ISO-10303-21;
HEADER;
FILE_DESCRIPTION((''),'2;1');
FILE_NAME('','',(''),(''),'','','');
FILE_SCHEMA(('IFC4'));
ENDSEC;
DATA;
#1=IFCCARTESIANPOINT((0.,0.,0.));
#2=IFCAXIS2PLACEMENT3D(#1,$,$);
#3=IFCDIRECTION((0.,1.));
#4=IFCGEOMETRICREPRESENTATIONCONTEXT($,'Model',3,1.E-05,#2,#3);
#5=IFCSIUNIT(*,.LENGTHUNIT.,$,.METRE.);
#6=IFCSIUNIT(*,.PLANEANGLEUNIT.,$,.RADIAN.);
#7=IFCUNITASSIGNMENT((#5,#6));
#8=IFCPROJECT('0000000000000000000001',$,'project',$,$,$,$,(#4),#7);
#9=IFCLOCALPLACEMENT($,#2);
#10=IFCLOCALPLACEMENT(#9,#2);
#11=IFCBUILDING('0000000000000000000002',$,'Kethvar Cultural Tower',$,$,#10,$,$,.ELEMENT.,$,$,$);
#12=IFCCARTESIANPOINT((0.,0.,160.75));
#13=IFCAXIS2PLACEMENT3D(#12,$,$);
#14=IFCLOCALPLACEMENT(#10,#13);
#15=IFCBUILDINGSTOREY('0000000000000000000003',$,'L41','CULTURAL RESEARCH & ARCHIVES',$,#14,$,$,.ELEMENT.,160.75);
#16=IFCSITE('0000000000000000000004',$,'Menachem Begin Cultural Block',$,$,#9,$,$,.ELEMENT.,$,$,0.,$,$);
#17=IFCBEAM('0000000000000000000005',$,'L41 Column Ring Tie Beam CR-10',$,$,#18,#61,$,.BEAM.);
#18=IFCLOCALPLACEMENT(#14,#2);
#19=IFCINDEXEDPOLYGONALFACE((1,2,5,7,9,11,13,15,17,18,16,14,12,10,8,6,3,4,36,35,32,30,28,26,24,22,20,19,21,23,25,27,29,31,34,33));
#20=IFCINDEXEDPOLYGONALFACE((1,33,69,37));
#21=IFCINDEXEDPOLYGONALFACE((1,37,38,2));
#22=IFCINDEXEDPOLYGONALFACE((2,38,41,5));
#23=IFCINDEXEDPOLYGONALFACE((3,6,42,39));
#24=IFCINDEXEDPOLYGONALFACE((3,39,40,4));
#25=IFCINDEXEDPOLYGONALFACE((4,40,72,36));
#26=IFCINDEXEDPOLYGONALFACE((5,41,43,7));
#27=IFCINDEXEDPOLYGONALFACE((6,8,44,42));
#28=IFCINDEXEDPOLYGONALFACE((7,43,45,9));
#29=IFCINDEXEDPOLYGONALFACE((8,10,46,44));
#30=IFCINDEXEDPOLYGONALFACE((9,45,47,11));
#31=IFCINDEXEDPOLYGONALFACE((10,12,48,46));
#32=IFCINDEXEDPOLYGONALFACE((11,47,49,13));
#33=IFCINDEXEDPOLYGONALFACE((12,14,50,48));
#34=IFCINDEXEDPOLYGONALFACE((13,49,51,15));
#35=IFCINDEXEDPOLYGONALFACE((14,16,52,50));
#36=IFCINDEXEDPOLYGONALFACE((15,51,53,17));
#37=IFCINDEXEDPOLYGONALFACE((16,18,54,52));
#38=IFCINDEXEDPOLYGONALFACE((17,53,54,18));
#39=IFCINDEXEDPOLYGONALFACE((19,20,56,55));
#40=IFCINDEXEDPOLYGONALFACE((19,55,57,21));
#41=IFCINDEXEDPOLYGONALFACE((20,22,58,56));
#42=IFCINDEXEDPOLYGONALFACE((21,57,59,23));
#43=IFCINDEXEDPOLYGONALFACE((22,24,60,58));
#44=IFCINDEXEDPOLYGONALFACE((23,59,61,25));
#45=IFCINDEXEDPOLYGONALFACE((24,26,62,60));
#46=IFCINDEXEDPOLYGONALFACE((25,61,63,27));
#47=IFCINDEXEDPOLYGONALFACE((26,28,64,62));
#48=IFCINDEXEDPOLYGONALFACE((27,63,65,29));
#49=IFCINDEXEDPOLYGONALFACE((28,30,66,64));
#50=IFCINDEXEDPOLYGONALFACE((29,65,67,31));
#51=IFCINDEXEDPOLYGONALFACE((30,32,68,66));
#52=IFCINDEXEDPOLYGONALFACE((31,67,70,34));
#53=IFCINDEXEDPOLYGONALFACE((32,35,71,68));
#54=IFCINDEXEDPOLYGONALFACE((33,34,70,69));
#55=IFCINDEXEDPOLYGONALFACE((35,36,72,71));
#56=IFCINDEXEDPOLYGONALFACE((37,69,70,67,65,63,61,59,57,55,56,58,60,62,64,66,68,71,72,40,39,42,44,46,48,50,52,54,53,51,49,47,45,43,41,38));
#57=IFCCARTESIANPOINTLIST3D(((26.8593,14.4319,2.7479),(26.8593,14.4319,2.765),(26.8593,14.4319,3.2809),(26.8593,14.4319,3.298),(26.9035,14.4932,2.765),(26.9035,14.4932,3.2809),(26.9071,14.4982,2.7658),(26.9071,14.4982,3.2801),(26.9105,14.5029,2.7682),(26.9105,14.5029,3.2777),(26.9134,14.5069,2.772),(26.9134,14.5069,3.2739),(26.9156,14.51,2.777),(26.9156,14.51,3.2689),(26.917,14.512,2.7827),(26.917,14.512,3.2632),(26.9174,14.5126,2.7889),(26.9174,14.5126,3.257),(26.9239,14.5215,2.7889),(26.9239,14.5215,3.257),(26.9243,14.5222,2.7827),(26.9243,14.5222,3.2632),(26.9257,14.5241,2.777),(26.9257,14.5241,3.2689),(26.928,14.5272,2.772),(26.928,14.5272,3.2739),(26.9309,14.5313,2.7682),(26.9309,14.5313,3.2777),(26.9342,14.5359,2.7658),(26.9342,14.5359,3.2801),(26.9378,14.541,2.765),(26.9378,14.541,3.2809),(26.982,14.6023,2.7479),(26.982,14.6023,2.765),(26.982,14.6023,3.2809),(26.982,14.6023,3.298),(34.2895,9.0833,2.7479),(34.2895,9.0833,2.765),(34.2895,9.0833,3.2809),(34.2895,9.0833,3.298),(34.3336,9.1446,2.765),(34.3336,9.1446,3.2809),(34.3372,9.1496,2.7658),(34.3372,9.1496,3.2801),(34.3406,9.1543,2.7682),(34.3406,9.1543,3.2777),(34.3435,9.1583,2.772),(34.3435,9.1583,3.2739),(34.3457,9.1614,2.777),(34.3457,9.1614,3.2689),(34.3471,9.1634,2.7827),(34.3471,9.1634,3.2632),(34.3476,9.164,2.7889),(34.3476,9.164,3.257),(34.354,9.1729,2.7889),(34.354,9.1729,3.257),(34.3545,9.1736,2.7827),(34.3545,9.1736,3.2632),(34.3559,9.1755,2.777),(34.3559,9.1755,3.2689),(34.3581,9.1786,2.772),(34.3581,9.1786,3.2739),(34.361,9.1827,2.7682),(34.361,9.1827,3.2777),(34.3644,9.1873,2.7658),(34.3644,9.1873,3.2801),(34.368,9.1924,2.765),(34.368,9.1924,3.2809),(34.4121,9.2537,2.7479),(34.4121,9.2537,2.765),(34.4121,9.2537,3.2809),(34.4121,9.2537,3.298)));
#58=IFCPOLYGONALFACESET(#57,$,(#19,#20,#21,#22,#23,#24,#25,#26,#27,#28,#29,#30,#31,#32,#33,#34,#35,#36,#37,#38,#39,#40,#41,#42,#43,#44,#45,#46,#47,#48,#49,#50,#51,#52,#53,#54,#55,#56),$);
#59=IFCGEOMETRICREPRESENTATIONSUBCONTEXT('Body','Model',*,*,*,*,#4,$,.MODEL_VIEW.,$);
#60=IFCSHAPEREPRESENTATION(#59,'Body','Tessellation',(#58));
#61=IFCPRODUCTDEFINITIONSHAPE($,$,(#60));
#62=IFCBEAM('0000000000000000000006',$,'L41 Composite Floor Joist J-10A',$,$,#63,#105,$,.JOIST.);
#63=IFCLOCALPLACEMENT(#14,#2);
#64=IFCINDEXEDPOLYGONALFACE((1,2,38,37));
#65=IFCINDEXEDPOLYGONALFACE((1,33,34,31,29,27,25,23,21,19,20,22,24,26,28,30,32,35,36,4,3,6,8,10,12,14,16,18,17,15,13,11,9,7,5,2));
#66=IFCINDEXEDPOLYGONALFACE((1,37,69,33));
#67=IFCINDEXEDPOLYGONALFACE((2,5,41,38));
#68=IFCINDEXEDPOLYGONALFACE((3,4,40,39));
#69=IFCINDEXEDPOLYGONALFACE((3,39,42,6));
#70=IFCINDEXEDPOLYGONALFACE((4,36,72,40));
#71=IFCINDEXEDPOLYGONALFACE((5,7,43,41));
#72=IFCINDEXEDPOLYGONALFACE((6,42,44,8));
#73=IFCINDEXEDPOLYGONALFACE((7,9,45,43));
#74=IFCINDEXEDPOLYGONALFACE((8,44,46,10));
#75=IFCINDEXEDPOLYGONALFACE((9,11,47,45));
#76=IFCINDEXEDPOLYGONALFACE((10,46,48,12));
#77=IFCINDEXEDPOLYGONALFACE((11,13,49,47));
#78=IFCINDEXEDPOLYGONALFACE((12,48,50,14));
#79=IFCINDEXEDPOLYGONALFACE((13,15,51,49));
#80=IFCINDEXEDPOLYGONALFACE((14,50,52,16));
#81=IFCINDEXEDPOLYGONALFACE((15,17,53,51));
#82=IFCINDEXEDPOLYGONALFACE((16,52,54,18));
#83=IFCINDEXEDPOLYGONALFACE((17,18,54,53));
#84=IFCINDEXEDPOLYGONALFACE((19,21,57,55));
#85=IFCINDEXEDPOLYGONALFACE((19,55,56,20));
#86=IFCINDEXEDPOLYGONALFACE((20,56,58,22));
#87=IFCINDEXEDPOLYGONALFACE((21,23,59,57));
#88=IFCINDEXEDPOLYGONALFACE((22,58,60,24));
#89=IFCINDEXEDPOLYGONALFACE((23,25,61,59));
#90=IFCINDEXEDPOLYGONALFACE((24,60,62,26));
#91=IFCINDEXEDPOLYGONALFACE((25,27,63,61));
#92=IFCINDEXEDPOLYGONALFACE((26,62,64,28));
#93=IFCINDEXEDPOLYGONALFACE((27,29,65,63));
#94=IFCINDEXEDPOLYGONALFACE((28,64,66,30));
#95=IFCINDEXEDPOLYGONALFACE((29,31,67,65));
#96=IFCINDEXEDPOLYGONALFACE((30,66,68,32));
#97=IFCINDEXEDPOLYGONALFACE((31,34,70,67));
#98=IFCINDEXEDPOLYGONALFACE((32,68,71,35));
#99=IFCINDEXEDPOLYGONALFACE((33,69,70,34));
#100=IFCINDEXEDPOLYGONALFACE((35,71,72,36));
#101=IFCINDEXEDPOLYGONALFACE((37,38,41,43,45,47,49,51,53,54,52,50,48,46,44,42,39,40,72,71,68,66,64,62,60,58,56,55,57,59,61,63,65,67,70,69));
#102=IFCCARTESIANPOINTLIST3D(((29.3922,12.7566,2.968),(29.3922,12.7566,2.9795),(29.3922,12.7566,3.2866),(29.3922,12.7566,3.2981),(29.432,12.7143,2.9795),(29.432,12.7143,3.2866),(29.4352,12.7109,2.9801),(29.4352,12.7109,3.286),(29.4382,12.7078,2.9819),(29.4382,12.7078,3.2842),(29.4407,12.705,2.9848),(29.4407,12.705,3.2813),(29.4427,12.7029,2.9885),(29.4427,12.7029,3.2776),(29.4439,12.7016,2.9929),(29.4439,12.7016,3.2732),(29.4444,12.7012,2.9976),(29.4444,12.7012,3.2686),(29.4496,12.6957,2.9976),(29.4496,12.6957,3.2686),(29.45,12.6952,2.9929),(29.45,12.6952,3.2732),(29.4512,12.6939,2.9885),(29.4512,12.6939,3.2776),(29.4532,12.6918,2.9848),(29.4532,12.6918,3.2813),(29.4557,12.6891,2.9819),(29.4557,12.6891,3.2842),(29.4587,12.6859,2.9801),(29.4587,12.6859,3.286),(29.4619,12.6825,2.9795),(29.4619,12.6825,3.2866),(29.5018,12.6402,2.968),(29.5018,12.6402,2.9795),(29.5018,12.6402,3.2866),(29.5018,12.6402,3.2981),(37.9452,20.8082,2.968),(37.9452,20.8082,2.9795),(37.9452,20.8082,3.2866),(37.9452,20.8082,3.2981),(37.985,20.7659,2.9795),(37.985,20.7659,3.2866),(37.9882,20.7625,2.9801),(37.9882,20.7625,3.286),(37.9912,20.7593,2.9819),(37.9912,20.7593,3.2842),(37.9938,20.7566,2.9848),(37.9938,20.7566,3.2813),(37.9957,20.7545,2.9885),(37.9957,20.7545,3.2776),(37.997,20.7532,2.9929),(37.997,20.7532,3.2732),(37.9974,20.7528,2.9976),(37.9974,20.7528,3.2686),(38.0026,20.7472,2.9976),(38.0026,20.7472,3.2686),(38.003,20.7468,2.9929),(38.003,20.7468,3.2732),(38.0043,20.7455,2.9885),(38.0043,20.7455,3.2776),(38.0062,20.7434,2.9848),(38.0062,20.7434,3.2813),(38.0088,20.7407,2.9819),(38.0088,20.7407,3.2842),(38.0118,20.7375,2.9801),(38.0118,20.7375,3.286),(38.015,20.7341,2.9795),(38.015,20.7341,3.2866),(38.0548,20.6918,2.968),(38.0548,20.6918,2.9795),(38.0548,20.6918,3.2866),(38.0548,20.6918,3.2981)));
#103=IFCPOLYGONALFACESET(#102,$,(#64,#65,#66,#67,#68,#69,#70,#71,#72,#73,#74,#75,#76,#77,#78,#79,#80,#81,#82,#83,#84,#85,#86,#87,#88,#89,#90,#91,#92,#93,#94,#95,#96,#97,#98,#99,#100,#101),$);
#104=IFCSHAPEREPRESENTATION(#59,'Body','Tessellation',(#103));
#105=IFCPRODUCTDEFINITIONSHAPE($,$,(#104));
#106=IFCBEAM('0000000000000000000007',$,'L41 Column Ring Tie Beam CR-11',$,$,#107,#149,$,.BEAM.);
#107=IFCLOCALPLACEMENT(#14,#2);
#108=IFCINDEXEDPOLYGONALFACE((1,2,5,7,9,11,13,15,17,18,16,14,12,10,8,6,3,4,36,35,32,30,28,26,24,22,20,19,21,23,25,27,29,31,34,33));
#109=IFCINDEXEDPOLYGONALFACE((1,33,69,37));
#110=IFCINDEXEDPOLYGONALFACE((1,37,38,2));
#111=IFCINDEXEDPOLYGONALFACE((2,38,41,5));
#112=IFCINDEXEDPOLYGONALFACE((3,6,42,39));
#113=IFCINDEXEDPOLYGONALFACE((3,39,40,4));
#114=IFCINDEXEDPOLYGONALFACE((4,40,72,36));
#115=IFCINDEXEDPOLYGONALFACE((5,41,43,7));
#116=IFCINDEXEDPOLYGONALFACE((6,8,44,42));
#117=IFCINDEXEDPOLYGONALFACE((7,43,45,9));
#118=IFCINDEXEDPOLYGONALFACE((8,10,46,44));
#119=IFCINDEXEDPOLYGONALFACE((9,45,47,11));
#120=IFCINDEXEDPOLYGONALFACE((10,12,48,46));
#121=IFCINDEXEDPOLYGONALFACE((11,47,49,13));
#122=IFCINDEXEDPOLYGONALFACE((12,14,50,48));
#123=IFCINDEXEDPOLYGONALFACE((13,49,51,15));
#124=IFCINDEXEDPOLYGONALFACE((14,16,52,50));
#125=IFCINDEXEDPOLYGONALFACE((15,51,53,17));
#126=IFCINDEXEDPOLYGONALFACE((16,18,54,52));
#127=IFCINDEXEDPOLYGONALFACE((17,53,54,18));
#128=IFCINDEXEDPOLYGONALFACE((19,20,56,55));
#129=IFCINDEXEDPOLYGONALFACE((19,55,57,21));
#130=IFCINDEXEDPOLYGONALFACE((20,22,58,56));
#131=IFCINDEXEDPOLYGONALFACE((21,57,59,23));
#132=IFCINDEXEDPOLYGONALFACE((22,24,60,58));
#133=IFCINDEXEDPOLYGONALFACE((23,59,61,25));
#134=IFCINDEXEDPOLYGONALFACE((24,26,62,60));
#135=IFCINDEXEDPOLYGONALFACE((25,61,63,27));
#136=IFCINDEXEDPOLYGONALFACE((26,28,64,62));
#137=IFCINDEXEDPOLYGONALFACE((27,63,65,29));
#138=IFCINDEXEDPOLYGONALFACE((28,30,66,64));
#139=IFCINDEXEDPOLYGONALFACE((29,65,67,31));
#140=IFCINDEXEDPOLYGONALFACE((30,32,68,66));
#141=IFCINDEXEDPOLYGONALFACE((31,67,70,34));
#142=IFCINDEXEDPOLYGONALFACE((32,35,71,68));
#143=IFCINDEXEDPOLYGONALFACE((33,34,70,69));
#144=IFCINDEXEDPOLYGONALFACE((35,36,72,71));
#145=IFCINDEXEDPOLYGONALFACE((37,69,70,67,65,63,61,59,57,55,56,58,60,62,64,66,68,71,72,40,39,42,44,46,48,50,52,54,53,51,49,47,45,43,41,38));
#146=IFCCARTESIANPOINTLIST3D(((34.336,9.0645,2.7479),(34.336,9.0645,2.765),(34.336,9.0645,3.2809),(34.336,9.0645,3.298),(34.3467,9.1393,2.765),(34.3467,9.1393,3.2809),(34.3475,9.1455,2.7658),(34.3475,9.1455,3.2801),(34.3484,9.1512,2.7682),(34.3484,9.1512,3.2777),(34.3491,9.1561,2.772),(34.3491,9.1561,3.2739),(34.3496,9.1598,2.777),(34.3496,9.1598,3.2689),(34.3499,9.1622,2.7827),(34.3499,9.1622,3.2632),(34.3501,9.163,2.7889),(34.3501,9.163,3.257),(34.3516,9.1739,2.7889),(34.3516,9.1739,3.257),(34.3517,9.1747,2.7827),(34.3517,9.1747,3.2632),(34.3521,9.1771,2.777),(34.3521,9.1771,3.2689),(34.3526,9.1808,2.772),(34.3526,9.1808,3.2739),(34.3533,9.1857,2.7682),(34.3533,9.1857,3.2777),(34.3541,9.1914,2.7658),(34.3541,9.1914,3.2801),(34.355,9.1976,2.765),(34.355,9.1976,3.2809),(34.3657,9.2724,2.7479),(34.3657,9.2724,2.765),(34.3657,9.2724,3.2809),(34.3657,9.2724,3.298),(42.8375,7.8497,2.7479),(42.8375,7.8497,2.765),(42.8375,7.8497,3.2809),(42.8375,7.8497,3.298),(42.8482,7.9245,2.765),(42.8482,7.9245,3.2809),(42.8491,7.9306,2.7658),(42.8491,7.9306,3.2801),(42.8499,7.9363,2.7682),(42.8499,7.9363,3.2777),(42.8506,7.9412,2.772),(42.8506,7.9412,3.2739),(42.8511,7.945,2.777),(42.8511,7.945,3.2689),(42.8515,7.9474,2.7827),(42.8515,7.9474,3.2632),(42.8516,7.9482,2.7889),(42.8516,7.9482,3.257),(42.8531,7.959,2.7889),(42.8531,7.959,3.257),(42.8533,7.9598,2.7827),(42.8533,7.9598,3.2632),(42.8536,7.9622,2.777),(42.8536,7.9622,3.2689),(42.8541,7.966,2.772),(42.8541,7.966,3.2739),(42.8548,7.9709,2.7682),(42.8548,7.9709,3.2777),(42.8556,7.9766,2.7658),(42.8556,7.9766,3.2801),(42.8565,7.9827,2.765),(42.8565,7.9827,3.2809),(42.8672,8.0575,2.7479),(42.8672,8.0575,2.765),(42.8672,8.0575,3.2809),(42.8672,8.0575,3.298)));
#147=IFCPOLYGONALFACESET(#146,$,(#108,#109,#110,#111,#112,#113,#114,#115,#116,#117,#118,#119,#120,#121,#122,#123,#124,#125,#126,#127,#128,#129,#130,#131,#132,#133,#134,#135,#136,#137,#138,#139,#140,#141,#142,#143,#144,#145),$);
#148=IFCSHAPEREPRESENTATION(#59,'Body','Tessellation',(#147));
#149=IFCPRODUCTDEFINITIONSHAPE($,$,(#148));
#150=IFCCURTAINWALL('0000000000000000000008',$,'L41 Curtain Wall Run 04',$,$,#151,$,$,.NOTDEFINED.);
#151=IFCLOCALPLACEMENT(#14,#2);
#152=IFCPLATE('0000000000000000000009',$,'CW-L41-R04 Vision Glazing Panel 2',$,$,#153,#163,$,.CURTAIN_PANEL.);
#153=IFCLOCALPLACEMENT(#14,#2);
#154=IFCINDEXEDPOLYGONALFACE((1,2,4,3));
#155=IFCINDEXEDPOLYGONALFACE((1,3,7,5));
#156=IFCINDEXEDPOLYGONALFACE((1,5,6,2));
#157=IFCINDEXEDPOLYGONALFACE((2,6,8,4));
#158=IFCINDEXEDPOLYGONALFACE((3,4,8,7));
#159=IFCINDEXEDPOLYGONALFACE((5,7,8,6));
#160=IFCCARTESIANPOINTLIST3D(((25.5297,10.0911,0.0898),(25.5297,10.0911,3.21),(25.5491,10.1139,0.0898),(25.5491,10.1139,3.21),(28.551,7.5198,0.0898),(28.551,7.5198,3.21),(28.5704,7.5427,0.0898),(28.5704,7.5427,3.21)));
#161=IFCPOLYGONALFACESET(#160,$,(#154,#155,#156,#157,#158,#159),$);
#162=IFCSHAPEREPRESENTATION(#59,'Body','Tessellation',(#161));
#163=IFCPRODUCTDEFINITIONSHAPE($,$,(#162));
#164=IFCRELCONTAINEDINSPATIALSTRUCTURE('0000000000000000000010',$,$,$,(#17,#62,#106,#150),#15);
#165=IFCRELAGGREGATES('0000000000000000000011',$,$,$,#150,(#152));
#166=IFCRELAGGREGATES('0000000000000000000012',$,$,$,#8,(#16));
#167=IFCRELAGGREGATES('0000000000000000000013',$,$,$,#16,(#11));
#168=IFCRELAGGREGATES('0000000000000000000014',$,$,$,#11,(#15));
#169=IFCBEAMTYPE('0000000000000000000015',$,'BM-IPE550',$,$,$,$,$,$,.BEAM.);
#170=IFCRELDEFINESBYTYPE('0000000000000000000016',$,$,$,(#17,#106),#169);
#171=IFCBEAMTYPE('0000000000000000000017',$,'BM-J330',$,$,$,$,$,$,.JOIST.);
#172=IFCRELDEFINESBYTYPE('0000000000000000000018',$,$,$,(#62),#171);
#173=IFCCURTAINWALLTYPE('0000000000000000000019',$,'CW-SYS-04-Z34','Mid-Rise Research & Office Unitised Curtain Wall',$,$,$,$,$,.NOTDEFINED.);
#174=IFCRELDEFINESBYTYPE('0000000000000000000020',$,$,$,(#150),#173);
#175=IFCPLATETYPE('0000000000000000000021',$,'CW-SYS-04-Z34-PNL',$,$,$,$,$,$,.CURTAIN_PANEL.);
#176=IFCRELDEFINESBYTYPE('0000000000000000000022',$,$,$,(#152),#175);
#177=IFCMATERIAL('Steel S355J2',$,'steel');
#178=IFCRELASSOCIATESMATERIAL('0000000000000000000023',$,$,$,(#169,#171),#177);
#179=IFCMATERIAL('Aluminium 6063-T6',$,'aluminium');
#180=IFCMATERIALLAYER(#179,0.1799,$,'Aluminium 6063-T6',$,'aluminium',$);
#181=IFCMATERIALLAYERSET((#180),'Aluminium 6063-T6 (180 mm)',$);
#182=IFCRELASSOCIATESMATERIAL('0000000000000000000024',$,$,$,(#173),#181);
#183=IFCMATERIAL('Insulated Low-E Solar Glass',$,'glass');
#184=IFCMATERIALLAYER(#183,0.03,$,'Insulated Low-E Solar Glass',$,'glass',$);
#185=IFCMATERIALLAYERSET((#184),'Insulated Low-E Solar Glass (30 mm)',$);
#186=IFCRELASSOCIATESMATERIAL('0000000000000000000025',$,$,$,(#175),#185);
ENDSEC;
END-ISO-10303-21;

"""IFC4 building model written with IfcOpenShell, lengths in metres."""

from ifc_helpers import new_model, si_unit, direction, frame, origin, origin_2d, place, context, subcontext, project, spatial, rectangle, i_section, extrude, source, transform, mapped, material, layer, layer_set, material_profile, profile_set, type_object, element, aggregate, save


model = new_model("IFC4")

# Units and contexts
model_context = context("Model", 3, precision=1e-05, world=origin(), true_north=direction((0.0, 1.0)))
body_context = subcontext(model_context, "Body", "Model", "MODEL_VIEW")
ifc_project = project(units=[si_unit("LENGTHUNIT", "METRE"), si_unit("PLANEANGLEUNIT", "RADIAN")], contexts=[model_context])

# Site, building, storey
site_placement = place(None, origin())
site = spatial("IfcSite", under=ifc_project, at=site_placement, Name="Menachem Begin Cultural Block", CompositionType="ELEMENT", RefElevation=0.0)
building_placement = place(site_placement, origin())
building = spatial("IfcBuilding", under=site, at=building_placement, Name="Kethvar Cultural Tower", CompositionType="ELEMENT")
storey_placement = place(building_placement, frame((0.0, 0.0, 160.75)))
storey = spatial("IfcBuildingStorey", under=building, at=storey_placement, Name="L41", Description="CULTURAL RESEARCH & ARCHIVES", CompositionType="ELEMENT", Elevation=160.75)

# Beams
ifc_material_1 = material(Name="Steel S355J2", Category="steel")
ifc_material_profile_1 = material_profile(ifc_material_1, i_section(OverallWidth=0.21, OverallDepth=0.55, WebThickness=0.011, FlangeThickness=0.0171, FilletRadius=0.0239, at=origin_2d()), Name="Steel S355J2 — IPE550")
ifc_profile_set_1 = profile_set([ifc_material_profile_1], Name="Steel S355J2 — IPE550")
beam_type_1 = type_object("IfcBeamType", Name="BM-IPE550", PredefinedType="BEAM", material=ifc_profile_set_1)
shared_shape_1 = source(origin(), body_context, "Body", "SweptSolid", [
    extrude(i_section(OverallWidth=0.21, OverallDepth=0.55, WebThickness=0.011, FlangeThickness=0.0171, FilletRadius=0.0239, at=origin_2d()), origin(), (0.0, 0.0, 1.0), 9.155),
])
beam_1_placement = place(storey_placement, frame((26.9207, 14.5171, 3.0229), z_axis=(0.811591, -0.584226, 0.0), x_axis=(0.584226, 0.811591, 0.0)))
element("IfcBeam", 1, at=beam_1_placement, inside=storey, type_object=beam_type_1, Name="L41 Column Ring Tie Beam CR-10", PredefinedType="BEAM", context=body_context, shape_type="MappedRepresentation", body=[
    mapped(shared_shape_1, transform((0.0, 0.0, 0.0), scale=1.0)),
])
ifc_material_profile_2 = material_profile(ifc_material_1, i_section(OverallWidth=0.1599, OverallDepth=0.3301, WebThickness=0.0076, FlangeThickness=0.0115, FilletRadius=0.0181, at=origin_2d()), Name="Steel S355J2 — IPE330")
ifc_profile_set_2 = profile_set([ifc_material_profile_2], Name="Steel S355J2 — IPE330")
beam_type_2 = type_object("IfcBeamType", Name="BM-J330", PredefinedType="JOIST", material=ifc_profile_set_2)
shared_shape_2 = source(origin(), body_context, "Body", "SweptSolid", [
    extrude(i_section(OverallWidth=0.1599, OverallDepth=0.3301, WebThickness=0.0076, FlangeThickness=0.0115, FilletRadius=0.0181, at=origin_2d()), origin(), (0.0, 0.0, 1.0), 11.7466),
])
beam_2_placement = place(storey_placement, frame((38.0, 20.75, 3.1331), z_axis=(-0.72813, -0.685439, 0.0), x_axis=(0.685439, -0.72813, 0.0)))
element("IfcBeam", 2, at=beam_2_placement, inside=storey, type_object=beam_type_2, Name="L41 Composite Floor Joist J-10A", PredefinedType="JOIST", context=body_context, shape_type="MappedRepresentation", body=[
    mapped(shared_shape_2, transform((0.0, 0.0, 0.0), scale=1.0)),
])
shared_shape_3 = source(origin(), body_context, "Body", "SweptSolid", [
    extrude(i_section(OverallWidth=0.21, OverallDepth=0.55, WebThickness=0.011, FlangeThickness=0.0171, FilletRadius=0.0239, at=origin_2d()), origin(), (0.0, 0.0, 1.0), 8.5879),
])
beam_3_placement = place(storey_placement, frame((34.3508, 9.1685, 3.0229), z_axis=(0.989944, -0.141461, 0.0), x_axis=(0.141461, 0.989944, 0.0)))
element("IfcBeam", 3, at=beam_3_placement, inside=storey, type_object=beam_type_1, Name="L41 Column Ring Tie Beam CR-11", PredefinedType="BEAM", context=body_context, shape_type="MappedRepresentation", body=[
    mapped(shared_shape_3, transform((0.0, 0.0, 0.0), scale=1.0)),
])

# Curtain wall, plate
ifc_material_2 = material(Name="Aluminium 6063-T6", Category="aluminium")
ifc_layer_1 = layer(ifc_material_2, 0.1799, Name="Aluminium 6063-T6", Category="aluminium")
ifc_layer_set_1 = layer_set([ifc_layer_1], Name="Aluminium 6063-T6 (180 mm)")
curtain_wall_type = type_object("IfcCurtainWallType", Name="CW-SYS-04-Z34", Description="Mid-Rise Research & Office Unitised Curtain Wall", PredefinedType="NOTDEFINED", material=ifc_layer_set_1)
curtain_wall_placement = place(storey_placement, origin())
curtain_wall = element("IfcCurtainWall", 4, at=curtain_wall_placement, inside=storey, type_object=curtain_wall_type, Name="L41 Curtain Wall Run 04", PredefinedType="NOTDEFINED")
ifc_material_3 = material(Name="Insulated Low-E Solar Glass", Category="glass")
ifc_layer_2 = layer(ifc_material_3, 0.03, Name="Insulated Low-E Solar Glass", Category="glass")
ifc_layer_set_2 = layer_set([ifc_layer_2], Name="Insulated Low-E Solar Glass (30 mm)")
plate_type = type_object("IfcPlateType", Name="CW-SYS-04-Z34-PNL", PredefinedType="CURTAIN_PANEL", material=ifc_layer_set_2)
shared_shape_4 = source(origin(), body_context, "Body", "SweptSolid", [
    extrude(rectangle(XDim=3.9673, YDim=0.03, at=origin_2d()), origin(), (0.0, 0.0, 1.0), 3.1201),
])
plate_placement = place(storey_placement, frame((27.05, 8.8169, 0.0898), z_axis=(0.0, 0.0, 1.0), x_axis=(0.76155, -0.648107, 0.0)))
plate = element("IfcPlate", 5, at=plate_placement, type_object=plate_type, Name="CW-L41-R04 Vision Glazing Panel 2", PredefinedType="CURTAIN_PANEL", context=body_context, shape_type="MappedRepresentation", body=[
    mapped(shared_shape_4, transform((0.0, 0.0, 0.0), scale=1.0)),
])
aggregate(curtain_wall, [plate])

save(model, "model.ifc")
